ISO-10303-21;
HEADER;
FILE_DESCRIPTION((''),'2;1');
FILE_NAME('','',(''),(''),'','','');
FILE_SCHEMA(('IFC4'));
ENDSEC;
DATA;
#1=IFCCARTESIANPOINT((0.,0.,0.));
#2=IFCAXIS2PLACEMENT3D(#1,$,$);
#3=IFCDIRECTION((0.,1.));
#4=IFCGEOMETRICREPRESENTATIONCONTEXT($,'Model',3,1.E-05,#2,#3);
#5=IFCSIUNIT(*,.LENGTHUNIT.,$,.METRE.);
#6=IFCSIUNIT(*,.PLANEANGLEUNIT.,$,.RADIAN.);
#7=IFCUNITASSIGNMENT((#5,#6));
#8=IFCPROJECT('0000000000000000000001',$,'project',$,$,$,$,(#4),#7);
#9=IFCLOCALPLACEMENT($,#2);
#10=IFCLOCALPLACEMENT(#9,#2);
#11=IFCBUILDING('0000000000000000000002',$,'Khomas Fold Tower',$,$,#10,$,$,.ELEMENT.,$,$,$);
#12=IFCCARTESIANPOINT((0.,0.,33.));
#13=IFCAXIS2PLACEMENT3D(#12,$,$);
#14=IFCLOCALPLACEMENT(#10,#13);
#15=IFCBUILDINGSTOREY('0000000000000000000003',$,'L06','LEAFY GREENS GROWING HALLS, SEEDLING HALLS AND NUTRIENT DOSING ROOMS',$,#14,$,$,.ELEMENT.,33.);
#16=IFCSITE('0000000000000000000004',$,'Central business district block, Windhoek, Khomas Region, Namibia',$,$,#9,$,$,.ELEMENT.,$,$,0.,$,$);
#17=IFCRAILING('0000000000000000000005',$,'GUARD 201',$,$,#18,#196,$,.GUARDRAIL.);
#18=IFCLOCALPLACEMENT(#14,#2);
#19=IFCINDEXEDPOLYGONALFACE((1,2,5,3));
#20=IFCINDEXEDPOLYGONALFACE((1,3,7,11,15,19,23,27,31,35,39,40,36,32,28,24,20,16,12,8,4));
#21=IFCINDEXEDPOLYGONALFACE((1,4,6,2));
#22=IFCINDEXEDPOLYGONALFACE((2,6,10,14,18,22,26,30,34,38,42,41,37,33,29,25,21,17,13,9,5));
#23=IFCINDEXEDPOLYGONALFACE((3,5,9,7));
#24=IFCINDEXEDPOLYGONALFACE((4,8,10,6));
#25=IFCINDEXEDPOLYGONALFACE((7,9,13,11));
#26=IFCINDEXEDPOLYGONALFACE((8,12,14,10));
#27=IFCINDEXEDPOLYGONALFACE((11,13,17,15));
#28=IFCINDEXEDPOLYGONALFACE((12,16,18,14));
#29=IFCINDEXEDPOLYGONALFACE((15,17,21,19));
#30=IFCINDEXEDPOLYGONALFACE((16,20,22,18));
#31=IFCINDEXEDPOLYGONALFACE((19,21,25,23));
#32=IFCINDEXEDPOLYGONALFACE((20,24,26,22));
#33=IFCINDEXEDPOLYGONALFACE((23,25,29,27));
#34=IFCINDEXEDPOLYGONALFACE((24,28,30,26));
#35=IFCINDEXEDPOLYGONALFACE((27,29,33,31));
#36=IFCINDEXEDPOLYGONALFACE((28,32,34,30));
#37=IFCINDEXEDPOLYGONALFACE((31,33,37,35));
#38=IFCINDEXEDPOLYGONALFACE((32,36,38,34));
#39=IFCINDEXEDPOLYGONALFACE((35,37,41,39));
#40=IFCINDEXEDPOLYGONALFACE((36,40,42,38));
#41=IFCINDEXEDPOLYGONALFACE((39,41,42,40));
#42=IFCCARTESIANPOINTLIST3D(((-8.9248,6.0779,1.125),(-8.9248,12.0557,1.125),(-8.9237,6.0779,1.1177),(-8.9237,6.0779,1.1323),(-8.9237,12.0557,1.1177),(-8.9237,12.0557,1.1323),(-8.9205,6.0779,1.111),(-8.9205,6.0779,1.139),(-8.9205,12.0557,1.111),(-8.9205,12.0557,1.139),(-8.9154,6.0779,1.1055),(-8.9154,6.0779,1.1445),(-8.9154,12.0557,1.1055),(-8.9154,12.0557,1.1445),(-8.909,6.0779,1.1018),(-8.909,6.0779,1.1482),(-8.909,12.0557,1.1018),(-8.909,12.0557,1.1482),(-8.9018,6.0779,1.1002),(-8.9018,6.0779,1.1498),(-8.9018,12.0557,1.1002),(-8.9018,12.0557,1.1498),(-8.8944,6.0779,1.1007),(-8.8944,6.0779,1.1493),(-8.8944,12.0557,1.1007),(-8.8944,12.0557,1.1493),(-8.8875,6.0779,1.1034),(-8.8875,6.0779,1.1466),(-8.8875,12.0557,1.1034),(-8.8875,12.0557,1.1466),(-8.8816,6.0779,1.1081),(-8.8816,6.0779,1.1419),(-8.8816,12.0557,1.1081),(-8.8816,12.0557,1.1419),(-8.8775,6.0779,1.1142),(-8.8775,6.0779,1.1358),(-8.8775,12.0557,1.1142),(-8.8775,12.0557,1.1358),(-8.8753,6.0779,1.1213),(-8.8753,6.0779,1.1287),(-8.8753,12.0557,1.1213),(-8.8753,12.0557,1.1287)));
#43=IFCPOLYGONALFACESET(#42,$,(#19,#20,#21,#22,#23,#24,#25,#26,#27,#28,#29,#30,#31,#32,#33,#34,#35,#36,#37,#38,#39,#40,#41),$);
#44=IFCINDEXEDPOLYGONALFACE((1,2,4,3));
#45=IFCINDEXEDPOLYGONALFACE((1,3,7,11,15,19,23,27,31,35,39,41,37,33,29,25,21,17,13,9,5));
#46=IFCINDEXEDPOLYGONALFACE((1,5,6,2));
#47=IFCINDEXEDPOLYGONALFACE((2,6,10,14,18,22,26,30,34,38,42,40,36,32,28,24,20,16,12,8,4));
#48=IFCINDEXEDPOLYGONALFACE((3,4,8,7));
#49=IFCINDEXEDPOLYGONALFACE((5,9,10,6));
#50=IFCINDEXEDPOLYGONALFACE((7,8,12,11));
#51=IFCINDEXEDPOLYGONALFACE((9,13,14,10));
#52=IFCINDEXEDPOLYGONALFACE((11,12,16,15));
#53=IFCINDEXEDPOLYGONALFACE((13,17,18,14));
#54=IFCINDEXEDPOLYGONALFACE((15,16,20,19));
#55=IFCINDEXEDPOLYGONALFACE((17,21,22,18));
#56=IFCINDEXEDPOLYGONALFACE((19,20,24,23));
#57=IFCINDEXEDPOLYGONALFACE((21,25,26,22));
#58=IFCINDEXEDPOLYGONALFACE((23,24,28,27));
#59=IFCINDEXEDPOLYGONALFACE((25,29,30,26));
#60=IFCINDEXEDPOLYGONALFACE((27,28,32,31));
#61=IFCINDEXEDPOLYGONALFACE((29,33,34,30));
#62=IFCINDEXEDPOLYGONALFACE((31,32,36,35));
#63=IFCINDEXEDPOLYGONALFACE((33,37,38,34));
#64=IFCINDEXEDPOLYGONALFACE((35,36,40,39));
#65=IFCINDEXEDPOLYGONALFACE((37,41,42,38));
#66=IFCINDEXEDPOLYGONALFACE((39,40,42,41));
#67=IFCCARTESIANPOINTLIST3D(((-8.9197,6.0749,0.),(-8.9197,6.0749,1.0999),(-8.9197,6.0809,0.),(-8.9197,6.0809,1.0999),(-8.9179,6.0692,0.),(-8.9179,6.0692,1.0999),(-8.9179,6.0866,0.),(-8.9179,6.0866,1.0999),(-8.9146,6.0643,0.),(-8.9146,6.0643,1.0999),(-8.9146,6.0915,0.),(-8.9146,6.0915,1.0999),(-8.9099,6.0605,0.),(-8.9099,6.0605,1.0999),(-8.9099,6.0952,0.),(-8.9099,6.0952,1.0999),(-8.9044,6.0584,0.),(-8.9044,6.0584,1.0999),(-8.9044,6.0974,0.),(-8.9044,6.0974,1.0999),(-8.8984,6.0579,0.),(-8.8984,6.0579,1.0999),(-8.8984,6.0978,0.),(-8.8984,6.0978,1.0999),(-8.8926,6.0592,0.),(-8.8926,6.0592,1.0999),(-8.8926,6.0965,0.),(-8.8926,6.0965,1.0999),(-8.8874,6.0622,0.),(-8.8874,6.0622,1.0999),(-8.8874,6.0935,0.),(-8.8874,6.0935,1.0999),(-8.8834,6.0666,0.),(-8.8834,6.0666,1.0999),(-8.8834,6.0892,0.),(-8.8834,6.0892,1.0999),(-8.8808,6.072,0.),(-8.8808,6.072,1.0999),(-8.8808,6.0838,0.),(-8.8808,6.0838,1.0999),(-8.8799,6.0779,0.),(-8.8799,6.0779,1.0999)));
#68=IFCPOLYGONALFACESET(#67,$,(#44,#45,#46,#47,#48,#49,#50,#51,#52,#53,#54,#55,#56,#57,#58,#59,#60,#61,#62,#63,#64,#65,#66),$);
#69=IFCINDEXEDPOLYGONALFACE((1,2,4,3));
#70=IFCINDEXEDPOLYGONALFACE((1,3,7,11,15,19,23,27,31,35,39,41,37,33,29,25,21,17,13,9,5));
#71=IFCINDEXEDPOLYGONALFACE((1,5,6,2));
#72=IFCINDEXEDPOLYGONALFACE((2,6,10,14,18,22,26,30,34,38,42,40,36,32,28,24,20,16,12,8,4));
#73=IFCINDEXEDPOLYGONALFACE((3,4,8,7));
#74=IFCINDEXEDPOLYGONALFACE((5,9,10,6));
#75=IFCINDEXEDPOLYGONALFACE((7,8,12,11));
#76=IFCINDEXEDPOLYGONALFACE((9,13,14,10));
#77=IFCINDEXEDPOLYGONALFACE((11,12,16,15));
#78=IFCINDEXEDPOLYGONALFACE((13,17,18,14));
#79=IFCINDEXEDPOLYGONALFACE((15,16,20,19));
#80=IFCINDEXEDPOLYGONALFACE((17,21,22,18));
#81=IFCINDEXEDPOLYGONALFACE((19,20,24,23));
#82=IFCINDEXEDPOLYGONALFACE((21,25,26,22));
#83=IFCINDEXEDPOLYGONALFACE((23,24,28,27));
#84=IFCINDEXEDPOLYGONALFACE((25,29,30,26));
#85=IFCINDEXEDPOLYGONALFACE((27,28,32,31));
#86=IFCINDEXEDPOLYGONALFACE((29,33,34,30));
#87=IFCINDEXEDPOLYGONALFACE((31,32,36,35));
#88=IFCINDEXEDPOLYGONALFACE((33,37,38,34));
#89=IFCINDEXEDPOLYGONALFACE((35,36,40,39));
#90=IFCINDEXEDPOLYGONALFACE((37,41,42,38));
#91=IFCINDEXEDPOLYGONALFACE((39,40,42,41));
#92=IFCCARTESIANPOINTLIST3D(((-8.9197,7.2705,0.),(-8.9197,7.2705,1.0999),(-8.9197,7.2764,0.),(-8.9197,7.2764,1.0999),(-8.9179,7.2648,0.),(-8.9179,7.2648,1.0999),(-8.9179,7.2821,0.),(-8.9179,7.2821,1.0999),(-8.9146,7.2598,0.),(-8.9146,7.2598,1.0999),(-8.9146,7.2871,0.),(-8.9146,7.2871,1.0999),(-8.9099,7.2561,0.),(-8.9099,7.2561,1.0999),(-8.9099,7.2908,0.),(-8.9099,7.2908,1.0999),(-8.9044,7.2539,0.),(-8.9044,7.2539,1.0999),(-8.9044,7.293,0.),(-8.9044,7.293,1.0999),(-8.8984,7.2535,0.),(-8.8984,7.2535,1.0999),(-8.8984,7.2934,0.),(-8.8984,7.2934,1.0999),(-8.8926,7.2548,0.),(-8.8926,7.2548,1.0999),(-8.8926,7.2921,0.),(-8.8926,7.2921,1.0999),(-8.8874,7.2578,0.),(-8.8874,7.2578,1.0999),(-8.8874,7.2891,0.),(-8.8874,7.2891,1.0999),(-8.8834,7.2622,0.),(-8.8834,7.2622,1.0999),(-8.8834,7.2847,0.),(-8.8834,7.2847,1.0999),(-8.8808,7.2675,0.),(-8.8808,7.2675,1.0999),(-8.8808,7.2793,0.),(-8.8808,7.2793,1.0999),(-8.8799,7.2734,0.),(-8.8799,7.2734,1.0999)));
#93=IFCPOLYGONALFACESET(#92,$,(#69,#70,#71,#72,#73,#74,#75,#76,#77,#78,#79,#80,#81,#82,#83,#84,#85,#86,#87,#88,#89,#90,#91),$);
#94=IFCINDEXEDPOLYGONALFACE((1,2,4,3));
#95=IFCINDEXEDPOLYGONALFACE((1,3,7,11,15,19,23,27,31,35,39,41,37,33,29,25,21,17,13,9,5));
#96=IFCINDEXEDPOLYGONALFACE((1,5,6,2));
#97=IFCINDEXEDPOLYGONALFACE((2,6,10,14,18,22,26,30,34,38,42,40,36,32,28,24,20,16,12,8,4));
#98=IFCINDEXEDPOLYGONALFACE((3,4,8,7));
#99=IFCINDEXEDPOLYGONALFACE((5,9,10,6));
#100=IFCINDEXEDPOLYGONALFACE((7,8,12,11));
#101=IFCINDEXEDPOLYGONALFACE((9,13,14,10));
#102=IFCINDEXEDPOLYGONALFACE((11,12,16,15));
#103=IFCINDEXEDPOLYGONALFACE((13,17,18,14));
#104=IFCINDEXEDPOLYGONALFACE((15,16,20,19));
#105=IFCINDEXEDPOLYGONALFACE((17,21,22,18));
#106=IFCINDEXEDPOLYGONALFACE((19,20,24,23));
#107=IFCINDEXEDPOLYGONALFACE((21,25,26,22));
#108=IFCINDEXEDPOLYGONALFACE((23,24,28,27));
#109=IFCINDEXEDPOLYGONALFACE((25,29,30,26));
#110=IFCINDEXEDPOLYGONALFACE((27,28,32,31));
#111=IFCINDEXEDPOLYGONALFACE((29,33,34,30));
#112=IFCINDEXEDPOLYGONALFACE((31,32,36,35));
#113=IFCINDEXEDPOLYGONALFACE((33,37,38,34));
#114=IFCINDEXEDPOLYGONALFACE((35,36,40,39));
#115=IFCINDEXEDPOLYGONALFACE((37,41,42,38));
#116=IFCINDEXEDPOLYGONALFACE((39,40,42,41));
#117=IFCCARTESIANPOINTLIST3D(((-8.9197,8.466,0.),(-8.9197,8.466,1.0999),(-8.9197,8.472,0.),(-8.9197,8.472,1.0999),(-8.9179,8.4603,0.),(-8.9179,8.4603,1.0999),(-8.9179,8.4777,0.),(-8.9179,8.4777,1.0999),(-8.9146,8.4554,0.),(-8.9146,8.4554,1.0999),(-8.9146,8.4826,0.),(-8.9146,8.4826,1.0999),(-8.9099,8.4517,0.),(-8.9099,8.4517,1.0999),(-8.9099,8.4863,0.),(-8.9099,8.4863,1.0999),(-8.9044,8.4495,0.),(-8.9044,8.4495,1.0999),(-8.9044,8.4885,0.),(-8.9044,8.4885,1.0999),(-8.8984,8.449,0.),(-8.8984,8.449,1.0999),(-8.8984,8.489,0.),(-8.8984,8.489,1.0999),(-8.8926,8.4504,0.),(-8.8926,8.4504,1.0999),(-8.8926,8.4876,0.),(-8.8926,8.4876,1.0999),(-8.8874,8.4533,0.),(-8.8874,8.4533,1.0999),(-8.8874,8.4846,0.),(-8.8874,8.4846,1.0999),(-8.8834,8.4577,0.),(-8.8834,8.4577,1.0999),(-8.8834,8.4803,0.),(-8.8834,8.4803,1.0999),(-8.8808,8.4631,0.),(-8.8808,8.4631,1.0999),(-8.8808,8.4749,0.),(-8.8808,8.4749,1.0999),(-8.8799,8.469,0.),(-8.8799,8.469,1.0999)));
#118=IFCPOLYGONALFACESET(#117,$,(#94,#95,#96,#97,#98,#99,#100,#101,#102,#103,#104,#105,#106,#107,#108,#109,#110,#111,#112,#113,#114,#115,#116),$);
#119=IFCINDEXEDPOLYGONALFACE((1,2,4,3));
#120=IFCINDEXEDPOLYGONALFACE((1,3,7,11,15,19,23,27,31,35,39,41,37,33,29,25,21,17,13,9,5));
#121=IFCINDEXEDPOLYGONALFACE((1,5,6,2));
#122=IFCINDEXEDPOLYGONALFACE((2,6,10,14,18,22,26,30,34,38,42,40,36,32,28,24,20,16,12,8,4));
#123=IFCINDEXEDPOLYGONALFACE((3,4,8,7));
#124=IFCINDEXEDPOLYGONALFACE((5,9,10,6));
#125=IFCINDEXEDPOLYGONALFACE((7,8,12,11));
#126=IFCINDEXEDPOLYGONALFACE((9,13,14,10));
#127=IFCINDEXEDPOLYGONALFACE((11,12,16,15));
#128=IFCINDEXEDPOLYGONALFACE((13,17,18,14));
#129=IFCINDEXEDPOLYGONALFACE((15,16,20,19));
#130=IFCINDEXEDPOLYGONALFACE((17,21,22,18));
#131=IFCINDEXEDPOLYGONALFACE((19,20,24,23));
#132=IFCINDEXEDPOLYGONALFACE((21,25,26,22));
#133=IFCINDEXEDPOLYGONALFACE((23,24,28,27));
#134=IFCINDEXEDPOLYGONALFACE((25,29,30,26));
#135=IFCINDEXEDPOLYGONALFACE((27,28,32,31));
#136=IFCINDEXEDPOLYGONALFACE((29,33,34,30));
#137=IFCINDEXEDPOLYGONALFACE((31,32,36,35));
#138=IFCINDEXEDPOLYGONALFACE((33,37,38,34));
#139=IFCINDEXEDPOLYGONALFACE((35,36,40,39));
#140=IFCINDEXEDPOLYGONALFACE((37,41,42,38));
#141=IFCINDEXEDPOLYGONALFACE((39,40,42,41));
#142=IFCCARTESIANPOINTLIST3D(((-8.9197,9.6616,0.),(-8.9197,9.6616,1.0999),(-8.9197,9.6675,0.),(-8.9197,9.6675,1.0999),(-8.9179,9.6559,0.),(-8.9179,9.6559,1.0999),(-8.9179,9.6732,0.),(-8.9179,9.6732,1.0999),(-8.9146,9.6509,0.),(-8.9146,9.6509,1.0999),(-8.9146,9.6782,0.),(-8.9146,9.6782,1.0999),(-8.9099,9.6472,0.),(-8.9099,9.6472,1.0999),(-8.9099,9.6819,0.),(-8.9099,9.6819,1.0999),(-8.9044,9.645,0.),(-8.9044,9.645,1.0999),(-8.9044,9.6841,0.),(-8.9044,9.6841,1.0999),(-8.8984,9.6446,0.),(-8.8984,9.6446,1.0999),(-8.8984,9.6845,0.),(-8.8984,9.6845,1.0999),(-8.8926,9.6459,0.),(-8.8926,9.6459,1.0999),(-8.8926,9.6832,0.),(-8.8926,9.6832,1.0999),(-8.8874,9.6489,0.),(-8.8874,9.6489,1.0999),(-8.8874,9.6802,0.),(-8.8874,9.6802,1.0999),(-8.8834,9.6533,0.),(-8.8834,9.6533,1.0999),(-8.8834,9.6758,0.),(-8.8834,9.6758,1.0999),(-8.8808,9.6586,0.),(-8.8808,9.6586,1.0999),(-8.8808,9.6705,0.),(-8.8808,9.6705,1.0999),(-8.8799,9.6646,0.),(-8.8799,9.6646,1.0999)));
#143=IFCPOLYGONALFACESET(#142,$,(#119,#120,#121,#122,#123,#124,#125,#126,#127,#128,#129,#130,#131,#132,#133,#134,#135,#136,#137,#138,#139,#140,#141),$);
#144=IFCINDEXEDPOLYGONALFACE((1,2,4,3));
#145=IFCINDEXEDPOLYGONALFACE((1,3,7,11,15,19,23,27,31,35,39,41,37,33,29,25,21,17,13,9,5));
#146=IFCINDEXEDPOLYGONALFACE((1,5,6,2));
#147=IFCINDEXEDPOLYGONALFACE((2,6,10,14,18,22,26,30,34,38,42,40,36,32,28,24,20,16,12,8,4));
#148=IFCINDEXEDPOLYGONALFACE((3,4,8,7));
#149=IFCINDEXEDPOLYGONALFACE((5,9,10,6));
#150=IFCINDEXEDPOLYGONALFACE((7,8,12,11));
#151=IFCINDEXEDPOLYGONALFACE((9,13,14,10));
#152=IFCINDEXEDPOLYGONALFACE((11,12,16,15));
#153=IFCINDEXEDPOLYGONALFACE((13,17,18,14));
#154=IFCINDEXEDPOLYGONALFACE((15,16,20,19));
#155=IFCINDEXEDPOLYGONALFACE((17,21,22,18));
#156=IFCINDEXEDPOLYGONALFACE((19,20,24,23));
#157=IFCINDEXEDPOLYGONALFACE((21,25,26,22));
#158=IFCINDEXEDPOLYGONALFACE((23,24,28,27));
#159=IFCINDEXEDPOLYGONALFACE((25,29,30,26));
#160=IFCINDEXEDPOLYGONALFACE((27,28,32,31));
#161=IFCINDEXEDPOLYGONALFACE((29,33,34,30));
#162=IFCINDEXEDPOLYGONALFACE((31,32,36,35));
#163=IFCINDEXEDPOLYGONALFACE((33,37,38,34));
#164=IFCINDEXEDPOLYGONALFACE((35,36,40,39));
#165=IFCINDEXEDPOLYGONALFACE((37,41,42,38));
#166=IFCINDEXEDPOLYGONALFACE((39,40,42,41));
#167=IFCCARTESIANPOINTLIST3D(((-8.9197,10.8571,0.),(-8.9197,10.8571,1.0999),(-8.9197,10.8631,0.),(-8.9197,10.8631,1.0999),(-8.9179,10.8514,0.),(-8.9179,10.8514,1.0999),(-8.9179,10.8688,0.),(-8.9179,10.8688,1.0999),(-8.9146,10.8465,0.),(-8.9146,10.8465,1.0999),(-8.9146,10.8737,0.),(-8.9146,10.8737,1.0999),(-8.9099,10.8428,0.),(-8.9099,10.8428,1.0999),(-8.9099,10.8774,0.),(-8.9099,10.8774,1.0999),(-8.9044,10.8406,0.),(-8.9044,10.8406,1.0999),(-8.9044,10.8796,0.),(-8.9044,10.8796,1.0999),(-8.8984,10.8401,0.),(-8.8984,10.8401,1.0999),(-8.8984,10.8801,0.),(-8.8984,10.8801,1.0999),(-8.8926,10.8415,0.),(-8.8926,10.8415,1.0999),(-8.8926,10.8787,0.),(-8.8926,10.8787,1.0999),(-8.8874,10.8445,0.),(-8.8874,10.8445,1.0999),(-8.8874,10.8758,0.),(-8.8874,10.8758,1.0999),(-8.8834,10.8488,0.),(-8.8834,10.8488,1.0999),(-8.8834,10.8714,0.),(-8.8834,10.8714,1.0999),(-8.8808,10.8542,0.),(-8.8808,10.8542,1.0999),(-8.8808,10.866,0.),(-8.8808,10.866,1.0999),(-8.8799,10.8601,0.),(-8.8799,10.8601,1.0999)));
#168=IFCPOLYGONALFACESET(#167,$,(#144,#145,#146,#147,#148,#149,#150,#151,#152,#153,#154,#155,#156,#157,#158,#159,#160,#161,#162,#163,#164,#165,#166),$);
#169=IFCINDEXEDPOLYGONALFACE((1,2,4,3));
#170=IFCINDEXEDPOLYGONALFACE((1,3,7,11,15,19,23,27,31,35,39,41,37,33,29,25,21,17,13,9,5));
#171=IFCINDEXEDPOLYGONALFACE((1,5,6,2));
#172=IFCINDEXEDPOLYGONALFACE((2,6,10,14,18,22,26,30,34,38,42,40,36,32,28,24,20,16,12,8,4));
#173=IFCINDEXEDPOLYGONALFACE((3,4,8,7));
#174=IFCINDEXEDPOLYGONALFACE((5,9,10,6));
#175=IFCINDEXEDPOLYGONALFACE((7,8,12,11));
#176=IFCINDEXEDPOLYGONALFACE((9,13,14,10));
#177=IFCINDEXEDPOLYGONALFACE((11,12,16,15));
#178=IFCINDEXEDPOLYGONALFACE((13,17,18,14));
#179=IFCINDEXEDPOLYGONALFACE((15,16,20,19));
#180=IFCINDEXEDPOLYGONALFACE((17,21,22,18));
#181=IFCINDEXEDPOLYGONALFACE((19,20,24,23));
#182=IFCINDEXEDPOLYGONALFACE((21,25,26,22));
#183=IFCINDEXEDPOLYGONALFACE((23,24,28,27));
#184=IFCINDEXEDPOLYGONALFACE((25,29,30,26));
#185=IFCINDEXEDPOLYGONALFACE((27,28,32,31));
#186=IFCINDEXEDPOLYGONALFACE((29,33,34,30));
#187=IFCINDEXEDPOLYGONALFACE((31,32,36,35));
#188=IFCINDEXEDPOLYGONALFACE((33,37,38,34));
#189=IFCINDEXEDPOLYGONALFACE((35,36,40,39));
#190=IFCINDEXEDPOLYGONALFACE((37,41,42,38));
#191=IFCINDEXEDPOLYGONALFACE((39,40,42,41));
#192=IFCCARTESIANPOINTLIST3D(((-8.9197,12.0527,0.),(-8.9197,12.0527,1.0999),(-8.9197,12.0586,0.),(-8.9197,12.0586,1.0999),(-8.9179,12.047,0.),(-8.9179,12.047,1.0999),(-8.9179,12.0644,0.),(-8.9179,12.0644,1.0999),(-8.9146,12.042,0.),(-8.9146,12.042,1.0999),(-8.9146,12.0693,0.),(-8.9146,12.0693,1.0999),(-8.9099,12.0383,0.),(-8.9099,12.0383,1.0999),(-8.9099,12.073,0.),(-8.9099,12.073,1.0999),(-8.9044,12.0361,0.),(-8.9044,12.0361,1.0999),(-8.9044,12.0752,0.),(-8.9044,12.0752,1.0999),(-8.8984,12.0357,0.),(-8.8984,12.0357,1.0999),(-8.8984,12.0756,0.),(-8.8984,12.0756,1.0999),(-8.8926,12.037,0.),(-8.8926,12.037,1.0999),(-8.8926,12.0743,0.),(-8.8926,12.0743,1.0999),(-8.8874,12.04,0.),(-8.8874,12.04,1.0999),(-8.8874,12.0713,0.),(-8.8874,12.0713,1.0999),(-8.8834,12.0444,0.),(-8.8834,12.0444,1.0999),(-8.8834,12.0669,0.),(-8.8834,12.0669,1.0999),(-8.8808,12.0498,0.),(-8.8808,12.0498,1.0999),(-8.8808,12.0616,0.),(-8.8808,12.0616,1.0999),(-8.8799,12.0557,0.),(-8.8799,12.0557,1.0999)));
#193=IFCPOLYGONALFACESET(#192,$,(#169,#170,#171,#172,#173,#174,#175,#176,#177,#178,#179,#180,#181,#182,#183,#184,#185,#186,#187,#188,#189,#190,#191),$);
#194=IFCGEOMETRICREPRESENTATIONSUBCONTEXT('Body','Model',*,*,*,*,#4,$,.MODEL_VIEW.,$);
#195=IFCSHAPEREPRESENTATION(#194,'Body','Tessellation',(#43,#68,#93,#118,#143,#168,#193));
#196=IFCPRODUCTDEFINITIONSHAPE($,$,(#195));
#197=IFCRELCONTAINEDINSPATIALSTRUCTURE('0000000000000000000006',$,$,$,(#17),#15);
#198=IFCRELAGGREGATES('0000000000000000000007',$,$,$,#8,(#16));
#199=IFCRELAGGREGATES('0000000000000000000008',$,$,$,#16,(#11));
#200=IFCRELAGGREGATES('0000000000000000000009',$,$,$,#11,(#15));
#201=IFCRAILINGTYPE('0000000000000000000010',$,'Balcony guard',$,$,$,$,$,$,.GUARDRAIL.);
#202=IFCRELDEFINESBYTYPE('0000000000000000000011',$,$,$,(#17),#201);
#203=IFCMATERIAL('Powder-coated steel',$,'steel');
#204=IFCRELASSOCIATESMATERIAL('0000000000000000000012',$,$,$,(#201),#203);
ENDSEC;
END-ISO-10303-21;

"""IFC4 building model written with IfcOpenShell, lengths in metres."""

from ifc_helpers import new_model, si_unit, direction, frame, origin, origin_2d, place, context, subcontext, project, spatial, circle, extrude, source, transform, mapped, material, type_object, element, save


model = new_model("IFC4")

# Units and contexts
model_context = context("Model", 3, precision=1e-05, world=origin(), true_north=direction((0.0, 1.0)))
body_context = subcontext(model_context, "Body", "Model", "MODEL_VIEW")
ifc_project = project(units=[si_unit("LENGTHUNIT", "METRE"), si_unit("PLANEANGLEUNIT", "RADIAN")], contexts=[model_context])

# Site, building, storey
site_placement = place(None, origin())
site = spatial("IfcSite", under=ifc_project, at=site_placement, Name="Central business district block, Windhoek, Khomas Region, Namibia", CompositionType="ELEMENT", RefElevation=0.0)
building_placement = place(site_placement, origin())
building = spatial("IfcBuilding", under=site, at=building_placement, Name="Khomas Fold Tower", CompositionType="ELEMENT")
storey_placement = place(building_placement, frame((0.0, 0.0, 33.0)))
storey = spatial("IfcBuildingStorey", under=building, at=storey_placement, Name="L06", Description="LEAFY GREENS GROWING HALLS, SEEDLING HALLS AND NUTRIENT DOSING ROOMS", CompositionType="ELEMENT", Elevation=33.0)

# Railing
ifc_material_1 = material(Name="Powder-coated steel", Category="steel")
railing_type_1 = type_object("IfcRailingType", Name="Balcony guard", PredefinedType="GUARDRAIL", material=ifc_material_1)
shared_shape_1 = source(origin(), body_context, "Body", "SweptSolid", [
    extrude(circle(Radius=0.0249, at=origin_2d()), frame((0.0, 0.0, 1.125), z_axis=(0.0, 1.0, 0.0), x_axis=(-1.0, 0.0, 0.0)), (0.0, 0.0, 1.0), 5.9778),
    extrude(circle(Radius=0.02, at=origin_2d()), origin(), (0.0, 0.0, 1.0), 1.0999),
    extrude(circle(Radius=0.02, at=origin_2d()), frame((0.0, 1.1956, 0.0)), (0.0, 0.0, 1.0), 1.0999),
    extrude(circle(Radius=0.02, at=origin_2d()), frame((0.0, 2.3911, 0.0)), (0.0, 0.0, 1.0), 1.0999),
    extrude(circle(Radius=0.02, at=origin_2d()), frame((0.0, 3.5867, 0.0)), (0.0, 0.0, 1.0), 1.0999),
    extrude(circle(Radius=0.02, at=origin_2d()), frame((0.0, 4.7822, 0.0)), (0.0, 0.0, 1.0), 1.0999),
    extrude(circle(Radius=0.02, at=origin_2d()), frame((0.0, 5.9778, 0.0)), (0.0, 0.0, 1.0), 1.0999),
])
railing_1_placement = place(storey_placement, frame((-8.8999, 6.0779, 0.0)))
element("IfcRailing", 1, at=railing_1_placement, inside=storey, type_object=railing_type_1, Name="GUARD 201", PredefinedType="GUARDRAIL", context=body_context, shape_type="MappedRepresentation", body=[
    mapped(shared_shape_1, transform((0.0, 0.0, 0.0))),
])

save(model, "model.ifc")
